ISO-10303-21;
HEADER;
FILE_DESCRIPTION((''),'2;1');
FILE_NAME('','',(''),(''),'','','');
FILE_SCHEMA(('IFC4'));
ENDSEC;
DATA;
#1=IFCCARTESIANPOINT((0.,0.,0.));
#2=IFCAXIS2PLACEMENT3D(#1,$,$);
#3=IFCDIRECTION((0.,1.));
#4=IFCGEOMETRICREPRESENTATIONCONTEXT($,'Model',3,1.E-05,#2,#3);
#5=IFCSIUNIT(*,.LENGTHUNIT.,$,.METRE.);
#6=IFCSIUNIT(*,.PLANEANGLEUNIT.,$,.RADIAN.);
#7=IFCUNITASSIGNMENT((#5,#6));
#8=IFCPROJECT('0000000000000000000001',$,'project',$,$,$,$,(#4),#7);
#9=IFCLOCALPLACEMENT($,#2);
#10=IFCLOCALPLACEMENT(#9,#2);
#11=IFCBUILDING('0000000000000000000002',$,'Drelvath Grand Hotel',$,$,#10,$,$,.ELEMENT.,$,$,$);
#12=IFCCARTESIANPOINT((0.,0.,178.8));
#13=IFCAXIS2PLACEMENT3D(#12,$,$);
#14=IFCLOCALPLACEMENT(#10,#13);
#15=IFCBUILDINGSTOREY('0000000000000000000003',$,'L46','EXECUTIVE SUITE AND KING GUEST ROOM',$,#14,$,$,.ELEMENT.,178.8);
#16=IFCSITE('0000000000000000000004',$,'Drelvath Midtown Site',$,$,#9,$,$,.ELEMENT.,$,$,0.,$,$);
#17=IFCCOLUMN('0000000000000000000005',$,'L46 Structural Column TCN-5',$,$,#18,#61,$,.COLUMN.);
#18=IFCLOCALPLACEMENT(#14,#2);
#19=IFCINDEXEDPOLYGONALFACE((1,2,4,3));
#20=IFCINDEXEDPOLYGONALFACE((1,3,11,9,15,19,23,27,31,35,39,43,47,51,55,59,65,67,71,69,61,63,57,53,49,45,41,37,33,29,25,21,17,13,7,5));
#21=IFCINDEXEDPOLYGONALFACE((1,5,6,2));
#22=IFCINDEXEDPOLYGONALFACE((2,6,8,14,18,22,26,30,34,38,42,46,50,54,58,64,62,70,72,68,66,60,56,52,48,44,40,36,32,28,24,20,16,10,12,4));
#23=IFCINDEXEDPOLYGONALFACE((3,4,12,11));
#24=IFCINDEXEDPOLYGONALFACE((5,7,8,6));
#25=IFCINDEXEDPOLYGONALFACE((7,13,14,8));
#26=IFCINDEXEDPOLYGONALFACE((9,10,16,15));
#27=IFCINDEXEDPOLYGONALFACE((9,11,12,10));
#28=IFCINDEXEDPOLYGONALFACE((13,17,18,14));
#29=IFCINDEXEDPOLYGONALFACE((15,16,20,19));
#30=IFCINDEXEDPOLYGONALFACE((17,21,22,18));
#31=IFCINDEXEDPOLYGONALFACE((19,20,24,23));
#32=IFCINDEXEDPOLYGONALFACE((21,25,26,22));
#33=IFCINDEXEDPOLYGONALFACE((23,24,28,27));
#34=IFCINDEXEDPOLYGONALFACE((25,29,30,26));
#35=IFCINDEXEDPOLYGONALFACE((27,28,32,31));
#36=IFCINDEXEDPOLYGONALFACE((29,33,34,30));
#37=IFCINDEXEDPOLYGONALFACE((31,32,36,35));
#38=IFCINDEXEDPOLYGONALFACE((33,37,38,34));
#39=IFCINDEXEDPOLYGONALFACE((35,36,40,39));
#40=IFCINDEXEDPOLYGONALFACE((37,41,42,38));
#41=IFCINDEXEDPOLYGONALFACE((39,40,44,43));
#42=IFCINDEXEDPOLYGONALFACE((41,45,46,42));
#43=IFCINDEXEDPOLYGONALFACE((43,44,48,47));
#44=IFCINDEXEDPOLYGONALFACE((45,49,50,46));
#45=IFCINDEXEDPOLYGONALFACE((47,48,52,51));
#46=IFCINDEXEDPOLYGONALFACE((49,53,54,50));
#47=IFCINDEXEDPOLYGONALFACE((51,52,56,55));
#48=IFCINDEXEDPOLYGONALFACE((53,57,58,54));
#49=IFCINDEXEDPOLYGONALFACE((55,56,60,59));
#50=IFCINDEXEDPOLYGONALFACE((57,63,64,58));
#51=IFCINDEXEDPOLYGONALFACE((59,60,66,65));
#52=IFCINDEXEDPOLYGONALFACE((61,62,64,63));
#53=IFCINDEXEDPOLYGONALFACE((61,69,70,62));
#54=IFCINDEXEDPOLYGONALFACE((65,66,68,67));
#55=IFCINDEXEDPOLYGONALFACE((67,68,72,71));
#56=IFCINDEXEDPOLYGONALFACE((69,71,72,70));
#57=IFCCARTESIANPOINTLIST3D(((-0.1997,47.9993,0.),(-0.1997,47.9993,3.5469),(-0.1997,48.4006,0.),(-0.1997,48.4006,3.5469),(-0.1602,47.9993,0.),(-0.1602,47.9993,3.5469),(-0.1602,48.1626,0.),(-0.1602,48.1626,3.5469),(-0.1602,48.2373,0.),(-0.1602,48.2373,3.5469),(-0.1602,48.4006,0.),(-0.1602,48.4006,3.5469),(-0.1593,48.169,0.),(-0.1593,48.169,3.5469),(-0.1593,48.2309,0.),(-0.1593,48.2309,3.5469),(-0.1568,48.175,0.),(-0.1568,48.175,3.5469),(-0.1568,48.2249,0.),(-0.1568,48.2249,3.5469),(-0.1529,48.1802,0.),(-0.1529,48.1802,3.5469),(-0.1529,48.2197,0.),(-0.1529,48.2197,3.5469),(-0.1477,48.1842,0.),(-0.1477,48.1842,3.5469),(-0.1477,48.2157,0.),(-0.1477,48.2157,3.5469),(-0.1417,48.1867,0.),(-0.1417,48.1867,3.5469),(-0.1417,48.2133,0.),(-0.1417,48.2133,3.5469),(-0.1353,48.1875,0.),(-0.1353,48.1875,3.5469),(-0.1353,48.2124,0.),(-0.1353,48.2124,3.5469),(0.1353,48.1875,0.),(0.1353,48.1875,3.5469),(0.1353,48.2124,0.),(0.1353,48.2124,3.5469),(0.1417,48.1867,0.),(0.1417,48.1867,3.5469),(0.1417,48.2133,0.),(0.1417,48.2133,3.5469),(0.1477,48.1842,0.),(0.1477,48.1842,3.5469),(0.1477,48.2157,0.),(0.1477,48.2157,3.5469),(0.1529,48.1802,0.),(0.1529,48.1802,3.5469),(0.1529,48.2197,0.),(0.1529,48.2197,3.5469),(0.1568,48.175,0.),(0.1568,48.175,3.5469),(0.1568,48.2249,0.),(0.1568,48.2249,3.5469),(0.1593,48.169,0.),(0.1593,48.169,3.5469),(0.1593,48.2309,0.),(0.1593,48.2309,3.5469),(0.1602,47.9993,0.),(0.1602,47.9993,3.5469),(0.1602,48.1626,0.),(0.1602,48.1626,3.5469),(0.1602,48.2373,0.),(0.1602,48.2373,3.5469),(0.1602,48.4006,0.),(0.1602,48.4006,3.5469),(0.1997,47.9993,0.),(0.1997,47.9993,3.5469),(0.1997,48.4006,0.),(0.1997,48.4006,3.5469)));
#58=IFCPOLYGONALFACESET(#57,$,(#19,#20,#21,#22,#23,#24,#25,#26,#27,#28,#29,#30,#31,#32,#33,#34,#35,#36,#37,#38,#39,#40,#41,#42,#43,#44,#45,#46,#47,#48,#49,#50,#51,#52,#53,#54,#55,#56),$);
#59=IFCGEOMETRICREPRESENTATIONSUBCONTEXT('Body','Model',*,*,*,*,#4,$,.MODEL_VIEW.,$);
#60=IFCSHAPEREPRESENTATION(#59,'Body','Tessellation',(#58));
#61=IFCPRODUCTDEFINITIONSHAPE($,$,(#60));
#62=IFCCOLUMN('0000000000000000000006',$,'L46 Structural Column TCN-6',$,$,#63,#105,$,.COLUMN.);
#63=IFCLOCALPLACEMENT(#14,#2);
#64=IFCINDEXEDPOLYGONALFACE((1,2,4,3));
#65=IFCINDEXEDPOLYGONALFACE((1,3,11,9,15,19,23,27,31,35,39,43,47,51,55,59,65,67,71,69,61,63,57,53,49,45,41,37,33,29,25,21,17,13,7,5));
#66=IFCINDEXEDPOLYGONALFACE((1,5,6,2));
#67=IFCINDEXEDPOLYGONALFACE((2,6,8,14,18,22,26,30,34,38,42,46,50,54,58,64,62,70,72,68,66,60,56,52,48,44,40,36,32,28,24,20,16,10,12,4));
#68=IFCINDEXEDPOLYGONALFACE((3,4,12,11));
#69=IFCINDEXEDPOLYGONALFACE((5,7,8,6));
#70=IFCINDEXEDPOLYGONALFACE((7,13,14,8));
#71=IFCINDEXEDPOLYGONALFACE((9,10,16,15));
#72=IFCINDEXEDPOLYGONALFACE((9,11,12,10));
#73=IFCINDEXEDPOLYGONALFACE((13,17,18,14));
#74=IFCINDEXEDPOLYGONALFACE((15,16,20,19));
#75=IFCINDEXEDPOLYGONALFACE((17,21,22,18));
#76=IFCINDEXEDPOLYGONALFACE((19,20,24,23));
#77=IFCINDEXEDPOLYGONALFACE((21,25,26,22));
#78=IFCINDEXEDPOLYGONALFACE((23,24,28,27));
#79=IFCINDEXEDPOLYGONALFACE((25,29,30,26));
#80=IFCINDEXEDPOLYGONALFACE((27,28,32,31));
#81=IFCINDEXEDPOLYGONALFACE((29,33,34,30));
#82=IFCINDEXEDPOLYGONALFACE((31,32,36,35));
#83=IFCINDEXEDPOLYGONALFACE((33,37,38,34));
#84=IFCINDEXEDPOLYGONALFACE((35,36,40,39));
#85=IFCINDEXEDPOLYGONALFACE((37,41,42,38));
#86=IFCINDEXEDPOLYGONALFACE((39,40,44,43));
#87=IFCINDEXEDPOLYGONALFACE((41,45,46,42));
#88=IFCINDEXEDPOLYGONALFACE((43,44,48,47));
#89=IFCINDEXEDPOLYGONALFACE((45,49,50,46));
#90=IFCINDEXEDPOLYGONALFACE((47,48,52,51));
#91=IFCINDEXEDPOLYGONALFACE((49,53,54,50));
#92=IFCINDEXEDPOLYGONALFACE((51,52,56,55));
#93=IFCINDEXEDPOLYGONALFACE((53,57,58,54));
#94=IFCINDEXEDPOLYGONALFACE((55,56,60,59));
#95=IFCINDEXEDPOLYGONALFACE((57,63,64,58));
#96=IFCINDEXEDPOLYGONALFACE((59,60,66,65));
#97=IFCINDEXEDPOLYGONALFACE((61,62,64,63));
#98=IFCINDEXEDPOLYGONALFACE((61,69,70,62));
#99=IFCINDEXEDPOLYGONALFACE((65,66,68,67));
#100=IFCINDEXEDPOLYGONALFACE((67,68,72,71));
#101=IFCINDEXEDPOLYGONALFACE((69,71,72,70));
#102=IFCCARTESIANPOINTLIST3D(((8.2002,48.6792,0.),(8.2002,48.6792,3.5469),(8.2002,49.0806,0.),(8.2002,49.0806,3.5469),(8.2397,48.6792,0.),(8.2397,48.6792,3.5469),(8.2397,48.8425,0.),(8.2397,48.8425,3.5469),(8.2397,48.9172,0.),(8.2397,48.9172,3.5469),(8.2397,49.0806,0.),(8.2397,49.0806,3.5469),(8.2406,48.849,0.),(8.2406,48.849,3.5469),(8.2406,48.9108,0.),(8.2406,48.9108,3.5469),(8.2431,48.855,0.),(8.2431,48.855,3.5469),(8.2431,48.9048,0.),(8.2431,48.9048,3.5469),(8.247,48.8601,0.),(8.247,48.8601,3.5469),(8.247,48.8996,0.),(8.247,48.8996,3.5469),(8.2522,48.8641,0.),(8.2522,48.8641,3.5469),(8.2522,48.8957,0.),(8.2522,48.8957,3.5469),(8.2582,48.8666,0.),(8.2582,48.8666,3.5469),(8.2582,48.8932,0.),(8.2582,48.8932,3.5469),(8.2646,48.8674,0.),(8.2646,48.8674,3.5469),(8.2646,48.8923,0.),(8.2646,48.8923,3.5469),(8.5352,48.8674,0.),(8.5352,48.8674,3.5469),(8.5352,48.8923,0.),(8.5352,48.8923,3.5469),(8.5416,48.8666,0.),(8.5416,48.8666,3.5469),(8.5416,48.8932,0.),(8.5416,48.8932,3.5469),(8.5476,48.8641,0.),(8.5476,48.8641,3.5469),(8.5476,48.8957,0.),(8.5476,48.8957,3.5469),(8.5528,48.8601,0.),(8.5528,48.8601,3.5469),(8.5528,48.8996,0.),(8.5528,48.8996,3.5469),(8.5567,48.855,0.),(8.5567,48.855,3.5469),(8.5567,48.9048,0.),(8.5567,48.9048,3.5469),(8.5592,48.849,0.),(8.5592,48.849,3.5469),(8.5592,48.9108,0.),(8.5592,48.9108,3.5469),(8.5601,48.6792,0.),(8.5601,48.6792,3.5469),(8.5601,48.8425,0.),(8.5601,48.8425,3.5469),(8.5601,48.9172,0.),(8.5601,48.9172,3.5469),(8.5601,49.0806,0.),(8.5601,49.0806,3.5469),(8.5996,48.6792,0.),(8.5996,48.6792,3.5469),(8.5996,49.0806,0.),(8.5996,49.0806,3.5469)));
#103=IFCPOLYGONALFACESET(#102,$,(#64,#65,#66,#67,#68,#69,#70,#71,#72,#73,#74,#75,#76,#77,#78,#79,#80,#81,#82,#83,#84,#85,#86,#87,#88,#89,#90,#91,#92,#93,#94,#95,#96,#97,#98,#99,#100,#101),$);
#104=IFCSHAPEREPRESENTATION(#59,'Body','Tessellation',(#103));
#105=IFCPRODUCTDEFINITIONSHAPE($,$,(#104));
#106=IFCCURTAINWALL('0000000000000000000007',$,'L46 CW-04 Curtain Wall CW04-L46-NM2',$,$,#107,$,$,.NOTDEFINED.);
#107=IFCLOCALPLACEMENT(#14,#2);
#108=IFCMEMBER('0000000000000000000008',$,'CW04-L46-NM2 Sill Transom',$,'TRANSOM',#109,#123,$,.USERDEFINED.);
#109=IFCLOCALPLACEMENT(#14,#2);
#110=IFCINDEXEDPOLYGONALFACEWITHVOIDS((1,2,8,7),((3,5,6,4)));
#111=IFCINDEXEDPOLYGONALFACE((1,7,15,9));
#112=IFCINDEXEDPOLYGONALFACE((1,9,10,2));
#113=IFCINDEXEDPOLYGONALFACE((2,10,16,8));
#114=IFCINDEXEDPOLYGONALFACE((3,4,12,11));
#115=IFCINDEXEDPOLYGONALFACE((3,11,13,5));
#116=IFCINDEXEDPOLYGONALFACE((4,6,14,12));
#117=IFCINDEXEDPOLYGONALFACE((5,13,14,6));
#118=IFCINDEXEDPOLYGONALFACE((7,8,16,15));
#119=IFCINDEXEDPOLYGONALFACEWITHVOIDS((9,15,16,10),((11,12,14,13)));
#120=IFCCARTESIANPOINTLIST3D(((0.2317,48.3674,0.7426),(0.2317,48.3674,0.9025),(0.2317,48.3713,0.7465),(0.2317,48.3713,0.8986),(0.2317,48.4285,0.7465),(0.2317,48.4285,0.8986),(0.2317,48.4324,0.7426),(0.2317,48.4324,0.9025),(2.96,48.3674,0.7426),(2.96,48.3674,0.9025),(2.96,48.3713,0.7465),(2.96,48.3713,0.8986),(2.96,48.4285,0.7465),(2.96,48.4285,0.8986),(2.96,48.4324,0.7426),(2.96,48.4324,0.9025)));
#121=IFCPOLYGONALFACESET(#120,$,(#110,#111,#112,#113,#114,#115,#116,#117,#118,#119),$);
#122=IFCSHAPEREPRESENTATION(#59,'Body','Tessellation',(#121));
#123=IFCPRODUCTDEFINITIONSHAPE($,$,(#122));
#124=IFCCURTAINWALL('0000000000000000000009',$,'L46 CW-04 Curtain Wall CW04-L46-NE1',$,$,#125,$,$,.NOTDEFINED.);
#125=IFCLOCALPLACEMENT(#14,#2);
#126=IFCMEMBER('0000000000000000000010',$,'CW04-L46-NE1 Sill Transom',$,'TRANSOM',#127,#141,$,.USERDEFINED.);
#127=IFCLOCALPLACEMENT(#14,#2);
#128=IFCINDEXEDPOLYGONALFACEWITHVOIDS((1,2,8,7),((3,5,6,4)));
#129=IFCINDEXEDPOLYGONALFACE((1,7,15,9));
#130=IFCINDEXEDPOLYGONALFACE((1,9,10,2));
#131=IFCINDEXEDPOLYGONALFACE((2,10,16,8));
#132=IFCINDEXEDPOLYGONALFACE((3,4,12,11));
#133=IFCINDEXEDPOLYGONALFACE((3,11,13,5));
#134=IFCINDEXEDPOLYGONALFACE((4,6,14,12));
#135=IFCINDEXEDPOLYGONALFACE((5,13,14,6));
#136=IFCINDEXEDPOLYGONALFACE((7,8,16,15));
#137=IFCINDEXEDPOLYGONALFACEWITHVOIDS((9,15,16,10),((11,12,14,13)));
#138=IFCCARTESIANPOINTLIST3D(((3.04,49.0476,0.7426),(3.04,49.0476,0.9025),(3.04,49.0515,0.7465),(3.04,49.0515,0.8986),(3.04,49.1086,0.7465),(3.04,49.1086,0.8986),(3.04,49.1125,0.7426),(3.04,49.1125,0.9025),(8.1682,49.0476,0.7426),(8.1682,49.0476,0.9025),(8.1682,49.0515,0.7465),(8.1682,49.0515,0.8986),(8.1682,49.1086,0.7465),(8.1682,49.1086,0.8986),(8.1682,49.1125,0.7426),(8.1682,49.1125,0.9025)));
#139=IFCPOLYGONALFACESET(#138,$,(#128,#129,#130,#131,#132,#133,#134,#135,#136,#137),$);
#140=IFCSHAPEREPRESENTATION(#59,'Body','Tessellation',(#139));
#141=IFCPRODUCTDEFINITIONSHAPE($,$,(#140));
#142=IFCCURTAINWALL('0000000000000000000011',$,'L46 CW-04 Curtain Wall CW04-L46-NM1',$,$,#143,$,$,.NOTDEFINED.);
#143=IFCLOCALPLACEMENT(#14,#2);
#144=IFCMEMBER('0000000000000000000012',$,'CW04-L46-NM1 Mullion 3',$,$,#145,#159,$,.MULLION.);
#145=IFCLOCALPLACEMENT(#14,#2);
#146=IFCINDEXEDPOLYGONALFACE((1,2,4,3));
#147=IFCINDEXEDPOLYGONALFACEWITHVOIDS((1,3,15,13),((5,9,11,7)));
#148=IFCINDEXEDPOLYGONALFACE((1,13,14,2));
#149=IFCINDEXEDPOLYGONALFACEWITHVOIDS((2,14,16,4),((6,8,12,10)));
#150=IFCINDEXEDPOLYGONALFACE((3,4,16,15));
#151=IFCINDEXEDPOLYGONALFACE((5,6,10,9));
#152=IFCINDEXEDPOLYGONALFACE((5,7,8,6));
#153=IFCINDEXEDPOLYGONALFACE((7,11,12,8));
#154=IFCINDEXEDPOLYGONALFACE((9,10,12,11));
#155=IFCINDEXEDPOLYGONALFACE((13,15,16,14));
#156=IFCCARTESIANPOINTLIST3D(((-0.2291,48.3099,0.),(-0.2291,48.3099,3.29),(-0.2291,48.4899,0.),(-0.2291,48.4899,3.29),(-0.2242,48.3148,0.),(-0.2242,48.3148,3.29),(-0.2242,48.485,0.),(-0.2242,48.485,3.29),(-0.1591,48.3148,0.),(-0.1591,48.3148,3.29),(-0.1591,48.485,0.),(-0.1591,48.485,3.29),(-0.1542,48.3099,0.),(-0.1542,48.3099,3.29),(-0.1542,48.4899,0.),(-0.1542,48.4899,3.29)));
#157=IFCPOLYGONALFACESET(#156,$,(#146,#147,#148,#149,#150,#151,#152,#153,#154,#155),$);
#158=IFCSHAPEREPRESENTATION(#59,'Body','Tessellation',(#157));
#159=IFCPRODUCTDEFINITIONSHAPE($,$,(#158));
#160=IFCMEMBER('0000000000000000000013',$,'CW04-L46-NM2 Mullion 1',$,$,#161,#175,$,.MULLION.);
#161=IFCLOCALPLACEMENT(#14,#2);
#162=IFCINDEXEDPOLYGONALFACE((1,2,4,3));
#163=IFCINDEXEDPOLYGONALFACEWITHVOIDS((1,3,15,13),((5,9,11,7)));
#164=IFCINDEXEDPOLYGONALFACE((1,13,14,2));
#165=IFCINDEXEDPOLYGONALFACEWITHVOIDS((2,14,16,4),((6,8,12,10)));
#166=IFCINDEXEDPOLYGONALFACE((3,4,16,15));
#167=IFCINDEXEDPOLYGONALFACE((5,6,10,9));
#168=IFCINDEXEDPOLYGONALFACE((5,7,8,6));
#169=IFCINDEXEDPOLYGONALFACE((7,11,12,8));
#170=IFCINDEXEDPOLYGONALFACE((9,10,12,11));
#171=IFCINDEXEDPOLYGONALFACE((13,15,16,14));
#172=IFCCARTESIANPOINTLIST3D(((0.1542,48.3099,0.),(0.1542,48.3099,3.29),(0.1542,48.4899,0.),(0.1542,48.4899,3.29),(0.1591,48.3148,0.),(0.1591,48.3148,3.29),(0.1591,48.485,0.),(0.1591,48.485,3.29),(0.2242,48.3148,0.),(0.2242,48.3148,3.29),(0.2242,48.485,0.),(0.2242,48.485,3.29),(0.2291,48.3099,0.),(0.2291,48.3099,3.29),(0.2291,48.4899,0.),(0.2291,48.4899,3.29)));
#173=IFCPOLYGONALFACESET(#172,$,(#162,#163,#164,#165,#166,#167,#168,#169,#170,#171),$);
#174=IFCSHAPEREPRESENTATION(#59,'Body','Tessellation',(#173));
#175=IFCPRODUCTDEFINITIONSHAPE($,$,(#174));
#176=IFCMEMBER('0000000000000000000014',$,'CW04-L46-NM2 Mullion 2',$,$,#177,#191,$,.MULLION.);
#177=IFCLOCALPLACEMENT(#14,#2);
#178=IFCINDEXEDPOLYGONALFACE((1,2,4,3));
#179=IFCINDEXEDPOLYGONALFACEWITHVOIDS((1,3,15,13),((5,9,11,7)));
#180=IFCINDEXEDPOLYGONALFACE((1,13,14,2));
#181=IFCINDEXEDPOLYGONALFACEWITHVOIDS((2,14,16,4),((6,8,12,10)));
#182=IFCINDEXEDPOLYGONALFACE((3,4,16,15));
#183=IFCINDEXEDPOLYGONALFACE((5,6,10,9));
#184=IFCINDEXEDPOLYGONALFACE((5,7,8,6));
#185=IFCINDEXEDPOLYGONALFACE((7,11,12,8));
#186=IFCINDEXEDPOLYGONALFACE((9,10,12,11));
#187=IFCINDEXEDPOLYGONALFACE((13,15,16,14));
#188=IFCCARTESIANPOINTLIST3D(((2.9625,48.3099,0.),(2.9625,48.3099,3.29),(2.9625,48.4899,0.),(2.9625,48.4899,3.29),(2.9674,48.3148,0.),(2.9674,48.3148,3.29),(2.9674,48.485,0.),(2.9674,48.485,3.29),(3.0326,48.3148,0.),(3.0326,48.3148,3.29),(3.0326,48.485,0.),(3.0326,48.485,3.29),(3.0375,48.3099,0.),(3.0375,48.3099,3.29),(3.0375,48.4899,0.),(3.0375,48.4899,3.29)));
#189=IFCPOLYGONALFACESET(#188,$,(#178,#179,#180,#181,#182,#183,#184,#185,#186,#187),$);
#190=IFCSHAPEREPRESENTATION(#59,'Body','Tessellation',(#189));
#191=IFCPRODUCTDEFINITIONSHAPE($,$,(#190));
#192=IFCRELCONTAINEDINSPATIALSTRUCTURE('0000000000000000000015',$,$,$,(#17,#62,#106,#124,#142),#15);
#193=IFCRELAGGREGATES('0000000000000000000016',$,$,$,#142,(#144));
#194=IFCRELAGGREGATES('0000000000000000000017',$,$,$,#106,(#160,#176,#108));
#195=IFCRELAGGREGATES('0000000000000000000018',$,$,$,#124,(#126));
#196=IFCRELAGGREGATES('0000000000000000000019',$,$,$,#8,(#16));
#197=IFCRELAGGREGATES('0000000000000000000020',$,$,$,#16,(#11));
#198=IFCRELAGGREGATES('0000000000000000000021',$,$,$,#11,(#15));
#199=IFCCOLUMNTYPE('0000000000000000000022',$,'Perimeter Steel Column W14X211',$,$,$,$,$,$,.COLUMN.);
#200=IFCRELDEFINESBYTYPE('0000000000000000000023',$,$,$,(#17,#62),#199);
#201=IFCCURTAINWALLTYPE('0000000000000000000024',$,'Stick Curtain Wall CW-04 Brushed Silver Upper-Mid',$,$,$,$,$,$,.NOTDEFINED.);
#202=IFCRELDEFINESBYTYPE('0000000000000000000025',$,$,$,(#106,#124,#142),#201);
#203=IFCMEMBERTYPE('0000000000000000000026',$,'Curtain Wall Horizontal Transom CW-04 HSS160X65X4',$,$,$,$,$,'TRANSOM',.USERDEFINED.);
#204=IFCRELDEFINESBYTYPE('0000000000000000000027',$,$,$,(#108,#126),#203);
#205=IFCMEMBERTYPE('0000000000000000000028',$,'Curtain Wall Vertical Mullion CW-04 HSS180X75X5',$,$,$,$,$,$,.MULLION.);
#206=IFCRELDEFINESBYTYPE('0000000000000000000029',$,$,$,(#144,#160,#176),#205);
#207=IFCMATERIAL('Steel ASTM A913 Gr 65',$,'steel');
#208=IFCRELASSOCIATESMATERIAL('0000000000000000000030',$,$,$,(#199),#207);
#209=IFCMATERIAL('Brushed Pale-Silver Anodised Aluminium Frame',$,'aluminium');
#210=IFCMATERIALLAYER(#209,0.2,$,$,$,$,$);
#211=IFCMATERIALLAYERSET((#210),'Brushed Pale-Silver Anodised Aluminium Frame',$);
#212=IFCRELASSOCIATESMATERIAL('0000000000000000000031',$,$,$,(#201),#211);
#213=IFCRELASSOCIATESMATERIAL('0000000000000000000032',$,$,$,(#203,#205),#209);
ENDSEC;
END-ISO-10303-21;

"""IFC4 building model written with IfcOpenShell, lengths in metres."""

from ifc_helpers import new_model, si_unit, direction, frame, origin, origin_2d, place, context, subcontext, project, spatial, hollow_rectangle, i_section, extrude, material, layer, layer_set, material_profile, profile_set, type_object, element, aggregate, save


model = new_model("IFC4")

# Units and contexts
model_context = context("Model", 3, precision=1e-05, world=origin(), true_north=direction((0.0, 1.0)))
body_context = subcontext(model_context, "Body", "Model", "MODEL_VIEW")
ifc_project = project(units=[si_unit("LENGTHUNIT", "METRE"), si_unit("PLANEANGLEUNIT", "RADIAN")], contexts=[model_context])

# Site, building, storey
site_placement = place(None, origin())
site = spatial("IfcSite", under=ifc_project, at=site_placement, Name="Drelvath Midtown Site", CompositionType="ELEMENT", RefElevation=0.0)
building_placement = place(site_placement, origin())
building = spatial("IfcBuilding", under=site, at=building_placement, Name="Drelvath Grand Hotel", CompositionType="ELEMENT")
storey_placement = place(building_placement, frame((0.0, 0.0, 178.8)))
storey = spatial("IfcBuildingStorey", under=building, at=storey_placement, Name="L46", Description="EXECUTIVE SUITE AND KING GUEST ROOM", CompositionType="ELEMENT", Elevation=178.8)

# Columns
ifc_material_1 = material(Name="Steel ASTM A913 Gr 65", Category="steel")
ifc_material_profile_1 = material_profile(ifc_material_1, i_section(OverallWidth=0.4014, OverallDepth=0.3994, WebThickness=0.0249, FlangeThickness=0.0396, FilletRadius=0.0249, at=origin_2d()), Name="W14X211")
ifc_profile_set_1 = profile_set([ifc_material_profile_1], Name="Steel ASTM A913 Gr 65")
column_type = type_object("IfcColumnType", Name="Perimeter Steel Column W14X211", PredefinedType="COLUMN", material=ifc_profile_set_1)
for number, where, z_axis, x_axis, name in (
    (1, (0.0, 48.2, 0.0), (0.0, 0.0, 1.0), (0.0, 1.0, 0.0), "L46 Structural Column TCN-5"),
    (2, (8.3999, 48.8799, 0.0), (0.0, 0.0, 1.0), (0.0, 1.0, 0.0), "L46 Structural Column TCN-6"),
):
    element("IfcColumn", number, at=place(storey_placement, frame(where, z_axis=z_axis, x_axis=x_axis)), inside=storey, type_object=column_type, Name=name, PredefinedType="COLUMN", context=body_context, shape_type="SweptSolid", body=[
        extrude(i_section(OverallWidth=0.4014, OverallDepth=0.3994, WebThickness=0.0249, FlangeThickness=0.0396, FilletRadius=0.0249, at=origin_2d()), origin(), (0.0, 0.0, 1.0), 3.5469),
    ])

# Curtain walls, members
ifc_material_2 = material(Name="Brushed Pale-Silver Anodised Aluminium Frame", Category="aluminium")
ifc_layer_1 = layer(ifc_material_2, 0.2)
ifc_layer_set_1 = layer_set([ifc_layer_1], Name="Brushed Pale-Silver Anodised Aluminium Frame")
curtain_wall_type = type_object("IfcCurtainWallType", Name="Stick Curtain Wall CW-04 Brushed Silver Upper-Mid", PredefinedType="NOTDEFINED", material=ifc_layer_set_1)
curtain_wall_1_placement = place(storey_placement, origin())
curtain_wall_1 = element("IfcCurtainWall", 3, at=curtain_wall_1_placement, inside=storey, type_object=curtain_wall_type, Name="L46 CW-04 Curtain Wall CW04-L46-NM2", PredefinedType="NOTDEFINED")
ifc_material_profile_2 = material_profile(ifc_material_2, hollow_rectangle(XDim=0.0649, YDim=0.1599, WallThickness=0.0039, at=origin_2d()), Name="HSS160X65X4")
ifc_profile_set_2 = profile_set([ifc_material_profile_2], Name="Brushed Pale-Silver Anodised Aluminium Frame")
member_type_1 = type_object("IfcMemberType", Name="Curtain Wall Horizontal Transom CW-04 HSS160X65X4", ElementType="TRANSOM", PredefinedType="USERDEFINED", material=ifc_profile_set_2)
member_1_placement = place(storey_placement, frame((0.2317, 48.3999, 0.8225), z_axis=(1.0, 0.0, 0.0), x_axis=(0.0, 1.0, 0.0)))
member_1 = element("IfcMember", 4, at=member_1_placement, type_object=member_type_1, Name="CW04-L46-NM2 Sill Transom", ObjectType="TRANSOM", PredefinedType="USERDEFINED", context=body_context, shape_type="SweptSolid", body=[
    extrude(hollow_rectangle(XDim=0.0649, YDim=0.1599, WallThickness=0.0039, at=origin_2d()), origin(), (0.0, 0.0, 1.0), 2.7283),
])
curtain_wall_2_placement = place(storey_placement, origin())
curtain_wall_2 = element("IfcCurtainWall", 5, at=curtain_wall_2_placement, inside=storey, type_object=curtain_wall_type, Name="L46 CW-04 Curtain Wall CW04-L46-NE1", PredefinedType="NOTDEFINED")
member_2_placement = place(storey_placement, frame((3.04, 49.0801, 0.8225), z_axis=(1.0, 0.0, 0.0), x_axis=(0.0, 1.0, 0.0)))
member_2 = element("IfcMember", 6, at=member_2_placement, type_object=member_type_1, Name="CW04-L46-NE1 Sill Transom", ObjectType="TRANSOM", PredefinedType="USERDEFINED", context=body_context, shape_type="SweptSolid", body=[
    extrude(hollow_rectangle(XDim=0.0649, YDim=0.1599, WallThickness=0.0039, at=origin_2d()), origin(), (0.0, 0.0, 1.0), 5.1282),
])
curtain_wall_3_placement = place(storey_placement, origin())
curtain_wall_3 = element("IfcCurtainWall", 7, at=curtain_wall_3_placement, inside=storey, type_object=curtain_wall_type, Name="L46 CW-04 Curtain Wall CW04-L46-NM1", PredefinedType="NOTDEFINED")
ifc_material_profile_3 = material_profile(ifc_material_2, hollow_rectangle(XDim=0.075, YDim=0.1799, WallThickness=0.0049, at=origin_2d()), Name="HSS180X75X5")
ifc_profile_set_3 = profile_set([ifc_material_profile_3], Name="Brushed Pale-Silver Anodised Aluminium Frame")
member_type_2 = type_object("IfcMemberType", Name="Curtain Wall Vertical Mullion CW-04 HSS180X75X5", PredefinedType="MULLION", material=ifc_profile_set_3)
member_3_placement = place(storey_placement, frame((-0.1917, 48.3999, 0.0), z_axis=(0.0, 0.0, 1.0), x_axis=(1.0, 0.0, 0.0)))
member_3 = element("IfcMember", 8, at=member_3_placement, type_object=member_type_2, Name="CW04-L46-NM1 Mullion 3", PredefinedType="MULLION", context=body_context, shape_type="SweptSolid", body=[
    extrude(hollow_rectangle(XDim=0.075, YDim=0.1799, WallThickness=0.0049, at=origin_2d()), origin(), (0.0, 0.0, 1.0), 3.29),
])
aggregate(curtain_wall_3, [member_3])

# Members
member_4_placement = place(storey_placement, frame((0.1917, 48.3999, 0.0), z_axis=(0.0, 0.0, 1.0), x_axis=(1.0, 0.0, 0.0)))
member_4 = element("IfcMember", 9, at=member_4_placement, type_object=member_type_2, Name="CW04-L46-NM2 Mullion 1", PredefinedType="MULLION", context=body_context, shape_type="SweptSolid", body=[
    extrude(hollow_rectangle(XDim=0.075, YDim=0.1799, WallThickness=0.0049, at=origin_2d()), origin(), (0.0, 0.0, 1.0), 3.29),
])
member_5_placement = place(storey_placement, frame((3.0, 48.3999, 0.0), z_axis=(0.0, 0.0, 1.0), x_axis=(1.0, 0.0, 0.0)))
member_5 = element("IfcMember", 10, at=member_5_placement, type_object=member_type_2, Name="CW04-L46-NM2 Mullion 2", PredefinedType="MULLION", context=body_context, shape_type="SweptSolid", body=[
    extrude(hollow_rectangle(XDim=0.075, YDim=0.1799, WallThickness=0.0049, at=origin_2d()), origin(), (0.0, 0.0, 1.0), 3.29),
])

aggregate(curtain_wall_1, [member_4, member_5, member_1])
aggregate(curtain_wall_2, [member_2])

save(model, "model.ifc")
